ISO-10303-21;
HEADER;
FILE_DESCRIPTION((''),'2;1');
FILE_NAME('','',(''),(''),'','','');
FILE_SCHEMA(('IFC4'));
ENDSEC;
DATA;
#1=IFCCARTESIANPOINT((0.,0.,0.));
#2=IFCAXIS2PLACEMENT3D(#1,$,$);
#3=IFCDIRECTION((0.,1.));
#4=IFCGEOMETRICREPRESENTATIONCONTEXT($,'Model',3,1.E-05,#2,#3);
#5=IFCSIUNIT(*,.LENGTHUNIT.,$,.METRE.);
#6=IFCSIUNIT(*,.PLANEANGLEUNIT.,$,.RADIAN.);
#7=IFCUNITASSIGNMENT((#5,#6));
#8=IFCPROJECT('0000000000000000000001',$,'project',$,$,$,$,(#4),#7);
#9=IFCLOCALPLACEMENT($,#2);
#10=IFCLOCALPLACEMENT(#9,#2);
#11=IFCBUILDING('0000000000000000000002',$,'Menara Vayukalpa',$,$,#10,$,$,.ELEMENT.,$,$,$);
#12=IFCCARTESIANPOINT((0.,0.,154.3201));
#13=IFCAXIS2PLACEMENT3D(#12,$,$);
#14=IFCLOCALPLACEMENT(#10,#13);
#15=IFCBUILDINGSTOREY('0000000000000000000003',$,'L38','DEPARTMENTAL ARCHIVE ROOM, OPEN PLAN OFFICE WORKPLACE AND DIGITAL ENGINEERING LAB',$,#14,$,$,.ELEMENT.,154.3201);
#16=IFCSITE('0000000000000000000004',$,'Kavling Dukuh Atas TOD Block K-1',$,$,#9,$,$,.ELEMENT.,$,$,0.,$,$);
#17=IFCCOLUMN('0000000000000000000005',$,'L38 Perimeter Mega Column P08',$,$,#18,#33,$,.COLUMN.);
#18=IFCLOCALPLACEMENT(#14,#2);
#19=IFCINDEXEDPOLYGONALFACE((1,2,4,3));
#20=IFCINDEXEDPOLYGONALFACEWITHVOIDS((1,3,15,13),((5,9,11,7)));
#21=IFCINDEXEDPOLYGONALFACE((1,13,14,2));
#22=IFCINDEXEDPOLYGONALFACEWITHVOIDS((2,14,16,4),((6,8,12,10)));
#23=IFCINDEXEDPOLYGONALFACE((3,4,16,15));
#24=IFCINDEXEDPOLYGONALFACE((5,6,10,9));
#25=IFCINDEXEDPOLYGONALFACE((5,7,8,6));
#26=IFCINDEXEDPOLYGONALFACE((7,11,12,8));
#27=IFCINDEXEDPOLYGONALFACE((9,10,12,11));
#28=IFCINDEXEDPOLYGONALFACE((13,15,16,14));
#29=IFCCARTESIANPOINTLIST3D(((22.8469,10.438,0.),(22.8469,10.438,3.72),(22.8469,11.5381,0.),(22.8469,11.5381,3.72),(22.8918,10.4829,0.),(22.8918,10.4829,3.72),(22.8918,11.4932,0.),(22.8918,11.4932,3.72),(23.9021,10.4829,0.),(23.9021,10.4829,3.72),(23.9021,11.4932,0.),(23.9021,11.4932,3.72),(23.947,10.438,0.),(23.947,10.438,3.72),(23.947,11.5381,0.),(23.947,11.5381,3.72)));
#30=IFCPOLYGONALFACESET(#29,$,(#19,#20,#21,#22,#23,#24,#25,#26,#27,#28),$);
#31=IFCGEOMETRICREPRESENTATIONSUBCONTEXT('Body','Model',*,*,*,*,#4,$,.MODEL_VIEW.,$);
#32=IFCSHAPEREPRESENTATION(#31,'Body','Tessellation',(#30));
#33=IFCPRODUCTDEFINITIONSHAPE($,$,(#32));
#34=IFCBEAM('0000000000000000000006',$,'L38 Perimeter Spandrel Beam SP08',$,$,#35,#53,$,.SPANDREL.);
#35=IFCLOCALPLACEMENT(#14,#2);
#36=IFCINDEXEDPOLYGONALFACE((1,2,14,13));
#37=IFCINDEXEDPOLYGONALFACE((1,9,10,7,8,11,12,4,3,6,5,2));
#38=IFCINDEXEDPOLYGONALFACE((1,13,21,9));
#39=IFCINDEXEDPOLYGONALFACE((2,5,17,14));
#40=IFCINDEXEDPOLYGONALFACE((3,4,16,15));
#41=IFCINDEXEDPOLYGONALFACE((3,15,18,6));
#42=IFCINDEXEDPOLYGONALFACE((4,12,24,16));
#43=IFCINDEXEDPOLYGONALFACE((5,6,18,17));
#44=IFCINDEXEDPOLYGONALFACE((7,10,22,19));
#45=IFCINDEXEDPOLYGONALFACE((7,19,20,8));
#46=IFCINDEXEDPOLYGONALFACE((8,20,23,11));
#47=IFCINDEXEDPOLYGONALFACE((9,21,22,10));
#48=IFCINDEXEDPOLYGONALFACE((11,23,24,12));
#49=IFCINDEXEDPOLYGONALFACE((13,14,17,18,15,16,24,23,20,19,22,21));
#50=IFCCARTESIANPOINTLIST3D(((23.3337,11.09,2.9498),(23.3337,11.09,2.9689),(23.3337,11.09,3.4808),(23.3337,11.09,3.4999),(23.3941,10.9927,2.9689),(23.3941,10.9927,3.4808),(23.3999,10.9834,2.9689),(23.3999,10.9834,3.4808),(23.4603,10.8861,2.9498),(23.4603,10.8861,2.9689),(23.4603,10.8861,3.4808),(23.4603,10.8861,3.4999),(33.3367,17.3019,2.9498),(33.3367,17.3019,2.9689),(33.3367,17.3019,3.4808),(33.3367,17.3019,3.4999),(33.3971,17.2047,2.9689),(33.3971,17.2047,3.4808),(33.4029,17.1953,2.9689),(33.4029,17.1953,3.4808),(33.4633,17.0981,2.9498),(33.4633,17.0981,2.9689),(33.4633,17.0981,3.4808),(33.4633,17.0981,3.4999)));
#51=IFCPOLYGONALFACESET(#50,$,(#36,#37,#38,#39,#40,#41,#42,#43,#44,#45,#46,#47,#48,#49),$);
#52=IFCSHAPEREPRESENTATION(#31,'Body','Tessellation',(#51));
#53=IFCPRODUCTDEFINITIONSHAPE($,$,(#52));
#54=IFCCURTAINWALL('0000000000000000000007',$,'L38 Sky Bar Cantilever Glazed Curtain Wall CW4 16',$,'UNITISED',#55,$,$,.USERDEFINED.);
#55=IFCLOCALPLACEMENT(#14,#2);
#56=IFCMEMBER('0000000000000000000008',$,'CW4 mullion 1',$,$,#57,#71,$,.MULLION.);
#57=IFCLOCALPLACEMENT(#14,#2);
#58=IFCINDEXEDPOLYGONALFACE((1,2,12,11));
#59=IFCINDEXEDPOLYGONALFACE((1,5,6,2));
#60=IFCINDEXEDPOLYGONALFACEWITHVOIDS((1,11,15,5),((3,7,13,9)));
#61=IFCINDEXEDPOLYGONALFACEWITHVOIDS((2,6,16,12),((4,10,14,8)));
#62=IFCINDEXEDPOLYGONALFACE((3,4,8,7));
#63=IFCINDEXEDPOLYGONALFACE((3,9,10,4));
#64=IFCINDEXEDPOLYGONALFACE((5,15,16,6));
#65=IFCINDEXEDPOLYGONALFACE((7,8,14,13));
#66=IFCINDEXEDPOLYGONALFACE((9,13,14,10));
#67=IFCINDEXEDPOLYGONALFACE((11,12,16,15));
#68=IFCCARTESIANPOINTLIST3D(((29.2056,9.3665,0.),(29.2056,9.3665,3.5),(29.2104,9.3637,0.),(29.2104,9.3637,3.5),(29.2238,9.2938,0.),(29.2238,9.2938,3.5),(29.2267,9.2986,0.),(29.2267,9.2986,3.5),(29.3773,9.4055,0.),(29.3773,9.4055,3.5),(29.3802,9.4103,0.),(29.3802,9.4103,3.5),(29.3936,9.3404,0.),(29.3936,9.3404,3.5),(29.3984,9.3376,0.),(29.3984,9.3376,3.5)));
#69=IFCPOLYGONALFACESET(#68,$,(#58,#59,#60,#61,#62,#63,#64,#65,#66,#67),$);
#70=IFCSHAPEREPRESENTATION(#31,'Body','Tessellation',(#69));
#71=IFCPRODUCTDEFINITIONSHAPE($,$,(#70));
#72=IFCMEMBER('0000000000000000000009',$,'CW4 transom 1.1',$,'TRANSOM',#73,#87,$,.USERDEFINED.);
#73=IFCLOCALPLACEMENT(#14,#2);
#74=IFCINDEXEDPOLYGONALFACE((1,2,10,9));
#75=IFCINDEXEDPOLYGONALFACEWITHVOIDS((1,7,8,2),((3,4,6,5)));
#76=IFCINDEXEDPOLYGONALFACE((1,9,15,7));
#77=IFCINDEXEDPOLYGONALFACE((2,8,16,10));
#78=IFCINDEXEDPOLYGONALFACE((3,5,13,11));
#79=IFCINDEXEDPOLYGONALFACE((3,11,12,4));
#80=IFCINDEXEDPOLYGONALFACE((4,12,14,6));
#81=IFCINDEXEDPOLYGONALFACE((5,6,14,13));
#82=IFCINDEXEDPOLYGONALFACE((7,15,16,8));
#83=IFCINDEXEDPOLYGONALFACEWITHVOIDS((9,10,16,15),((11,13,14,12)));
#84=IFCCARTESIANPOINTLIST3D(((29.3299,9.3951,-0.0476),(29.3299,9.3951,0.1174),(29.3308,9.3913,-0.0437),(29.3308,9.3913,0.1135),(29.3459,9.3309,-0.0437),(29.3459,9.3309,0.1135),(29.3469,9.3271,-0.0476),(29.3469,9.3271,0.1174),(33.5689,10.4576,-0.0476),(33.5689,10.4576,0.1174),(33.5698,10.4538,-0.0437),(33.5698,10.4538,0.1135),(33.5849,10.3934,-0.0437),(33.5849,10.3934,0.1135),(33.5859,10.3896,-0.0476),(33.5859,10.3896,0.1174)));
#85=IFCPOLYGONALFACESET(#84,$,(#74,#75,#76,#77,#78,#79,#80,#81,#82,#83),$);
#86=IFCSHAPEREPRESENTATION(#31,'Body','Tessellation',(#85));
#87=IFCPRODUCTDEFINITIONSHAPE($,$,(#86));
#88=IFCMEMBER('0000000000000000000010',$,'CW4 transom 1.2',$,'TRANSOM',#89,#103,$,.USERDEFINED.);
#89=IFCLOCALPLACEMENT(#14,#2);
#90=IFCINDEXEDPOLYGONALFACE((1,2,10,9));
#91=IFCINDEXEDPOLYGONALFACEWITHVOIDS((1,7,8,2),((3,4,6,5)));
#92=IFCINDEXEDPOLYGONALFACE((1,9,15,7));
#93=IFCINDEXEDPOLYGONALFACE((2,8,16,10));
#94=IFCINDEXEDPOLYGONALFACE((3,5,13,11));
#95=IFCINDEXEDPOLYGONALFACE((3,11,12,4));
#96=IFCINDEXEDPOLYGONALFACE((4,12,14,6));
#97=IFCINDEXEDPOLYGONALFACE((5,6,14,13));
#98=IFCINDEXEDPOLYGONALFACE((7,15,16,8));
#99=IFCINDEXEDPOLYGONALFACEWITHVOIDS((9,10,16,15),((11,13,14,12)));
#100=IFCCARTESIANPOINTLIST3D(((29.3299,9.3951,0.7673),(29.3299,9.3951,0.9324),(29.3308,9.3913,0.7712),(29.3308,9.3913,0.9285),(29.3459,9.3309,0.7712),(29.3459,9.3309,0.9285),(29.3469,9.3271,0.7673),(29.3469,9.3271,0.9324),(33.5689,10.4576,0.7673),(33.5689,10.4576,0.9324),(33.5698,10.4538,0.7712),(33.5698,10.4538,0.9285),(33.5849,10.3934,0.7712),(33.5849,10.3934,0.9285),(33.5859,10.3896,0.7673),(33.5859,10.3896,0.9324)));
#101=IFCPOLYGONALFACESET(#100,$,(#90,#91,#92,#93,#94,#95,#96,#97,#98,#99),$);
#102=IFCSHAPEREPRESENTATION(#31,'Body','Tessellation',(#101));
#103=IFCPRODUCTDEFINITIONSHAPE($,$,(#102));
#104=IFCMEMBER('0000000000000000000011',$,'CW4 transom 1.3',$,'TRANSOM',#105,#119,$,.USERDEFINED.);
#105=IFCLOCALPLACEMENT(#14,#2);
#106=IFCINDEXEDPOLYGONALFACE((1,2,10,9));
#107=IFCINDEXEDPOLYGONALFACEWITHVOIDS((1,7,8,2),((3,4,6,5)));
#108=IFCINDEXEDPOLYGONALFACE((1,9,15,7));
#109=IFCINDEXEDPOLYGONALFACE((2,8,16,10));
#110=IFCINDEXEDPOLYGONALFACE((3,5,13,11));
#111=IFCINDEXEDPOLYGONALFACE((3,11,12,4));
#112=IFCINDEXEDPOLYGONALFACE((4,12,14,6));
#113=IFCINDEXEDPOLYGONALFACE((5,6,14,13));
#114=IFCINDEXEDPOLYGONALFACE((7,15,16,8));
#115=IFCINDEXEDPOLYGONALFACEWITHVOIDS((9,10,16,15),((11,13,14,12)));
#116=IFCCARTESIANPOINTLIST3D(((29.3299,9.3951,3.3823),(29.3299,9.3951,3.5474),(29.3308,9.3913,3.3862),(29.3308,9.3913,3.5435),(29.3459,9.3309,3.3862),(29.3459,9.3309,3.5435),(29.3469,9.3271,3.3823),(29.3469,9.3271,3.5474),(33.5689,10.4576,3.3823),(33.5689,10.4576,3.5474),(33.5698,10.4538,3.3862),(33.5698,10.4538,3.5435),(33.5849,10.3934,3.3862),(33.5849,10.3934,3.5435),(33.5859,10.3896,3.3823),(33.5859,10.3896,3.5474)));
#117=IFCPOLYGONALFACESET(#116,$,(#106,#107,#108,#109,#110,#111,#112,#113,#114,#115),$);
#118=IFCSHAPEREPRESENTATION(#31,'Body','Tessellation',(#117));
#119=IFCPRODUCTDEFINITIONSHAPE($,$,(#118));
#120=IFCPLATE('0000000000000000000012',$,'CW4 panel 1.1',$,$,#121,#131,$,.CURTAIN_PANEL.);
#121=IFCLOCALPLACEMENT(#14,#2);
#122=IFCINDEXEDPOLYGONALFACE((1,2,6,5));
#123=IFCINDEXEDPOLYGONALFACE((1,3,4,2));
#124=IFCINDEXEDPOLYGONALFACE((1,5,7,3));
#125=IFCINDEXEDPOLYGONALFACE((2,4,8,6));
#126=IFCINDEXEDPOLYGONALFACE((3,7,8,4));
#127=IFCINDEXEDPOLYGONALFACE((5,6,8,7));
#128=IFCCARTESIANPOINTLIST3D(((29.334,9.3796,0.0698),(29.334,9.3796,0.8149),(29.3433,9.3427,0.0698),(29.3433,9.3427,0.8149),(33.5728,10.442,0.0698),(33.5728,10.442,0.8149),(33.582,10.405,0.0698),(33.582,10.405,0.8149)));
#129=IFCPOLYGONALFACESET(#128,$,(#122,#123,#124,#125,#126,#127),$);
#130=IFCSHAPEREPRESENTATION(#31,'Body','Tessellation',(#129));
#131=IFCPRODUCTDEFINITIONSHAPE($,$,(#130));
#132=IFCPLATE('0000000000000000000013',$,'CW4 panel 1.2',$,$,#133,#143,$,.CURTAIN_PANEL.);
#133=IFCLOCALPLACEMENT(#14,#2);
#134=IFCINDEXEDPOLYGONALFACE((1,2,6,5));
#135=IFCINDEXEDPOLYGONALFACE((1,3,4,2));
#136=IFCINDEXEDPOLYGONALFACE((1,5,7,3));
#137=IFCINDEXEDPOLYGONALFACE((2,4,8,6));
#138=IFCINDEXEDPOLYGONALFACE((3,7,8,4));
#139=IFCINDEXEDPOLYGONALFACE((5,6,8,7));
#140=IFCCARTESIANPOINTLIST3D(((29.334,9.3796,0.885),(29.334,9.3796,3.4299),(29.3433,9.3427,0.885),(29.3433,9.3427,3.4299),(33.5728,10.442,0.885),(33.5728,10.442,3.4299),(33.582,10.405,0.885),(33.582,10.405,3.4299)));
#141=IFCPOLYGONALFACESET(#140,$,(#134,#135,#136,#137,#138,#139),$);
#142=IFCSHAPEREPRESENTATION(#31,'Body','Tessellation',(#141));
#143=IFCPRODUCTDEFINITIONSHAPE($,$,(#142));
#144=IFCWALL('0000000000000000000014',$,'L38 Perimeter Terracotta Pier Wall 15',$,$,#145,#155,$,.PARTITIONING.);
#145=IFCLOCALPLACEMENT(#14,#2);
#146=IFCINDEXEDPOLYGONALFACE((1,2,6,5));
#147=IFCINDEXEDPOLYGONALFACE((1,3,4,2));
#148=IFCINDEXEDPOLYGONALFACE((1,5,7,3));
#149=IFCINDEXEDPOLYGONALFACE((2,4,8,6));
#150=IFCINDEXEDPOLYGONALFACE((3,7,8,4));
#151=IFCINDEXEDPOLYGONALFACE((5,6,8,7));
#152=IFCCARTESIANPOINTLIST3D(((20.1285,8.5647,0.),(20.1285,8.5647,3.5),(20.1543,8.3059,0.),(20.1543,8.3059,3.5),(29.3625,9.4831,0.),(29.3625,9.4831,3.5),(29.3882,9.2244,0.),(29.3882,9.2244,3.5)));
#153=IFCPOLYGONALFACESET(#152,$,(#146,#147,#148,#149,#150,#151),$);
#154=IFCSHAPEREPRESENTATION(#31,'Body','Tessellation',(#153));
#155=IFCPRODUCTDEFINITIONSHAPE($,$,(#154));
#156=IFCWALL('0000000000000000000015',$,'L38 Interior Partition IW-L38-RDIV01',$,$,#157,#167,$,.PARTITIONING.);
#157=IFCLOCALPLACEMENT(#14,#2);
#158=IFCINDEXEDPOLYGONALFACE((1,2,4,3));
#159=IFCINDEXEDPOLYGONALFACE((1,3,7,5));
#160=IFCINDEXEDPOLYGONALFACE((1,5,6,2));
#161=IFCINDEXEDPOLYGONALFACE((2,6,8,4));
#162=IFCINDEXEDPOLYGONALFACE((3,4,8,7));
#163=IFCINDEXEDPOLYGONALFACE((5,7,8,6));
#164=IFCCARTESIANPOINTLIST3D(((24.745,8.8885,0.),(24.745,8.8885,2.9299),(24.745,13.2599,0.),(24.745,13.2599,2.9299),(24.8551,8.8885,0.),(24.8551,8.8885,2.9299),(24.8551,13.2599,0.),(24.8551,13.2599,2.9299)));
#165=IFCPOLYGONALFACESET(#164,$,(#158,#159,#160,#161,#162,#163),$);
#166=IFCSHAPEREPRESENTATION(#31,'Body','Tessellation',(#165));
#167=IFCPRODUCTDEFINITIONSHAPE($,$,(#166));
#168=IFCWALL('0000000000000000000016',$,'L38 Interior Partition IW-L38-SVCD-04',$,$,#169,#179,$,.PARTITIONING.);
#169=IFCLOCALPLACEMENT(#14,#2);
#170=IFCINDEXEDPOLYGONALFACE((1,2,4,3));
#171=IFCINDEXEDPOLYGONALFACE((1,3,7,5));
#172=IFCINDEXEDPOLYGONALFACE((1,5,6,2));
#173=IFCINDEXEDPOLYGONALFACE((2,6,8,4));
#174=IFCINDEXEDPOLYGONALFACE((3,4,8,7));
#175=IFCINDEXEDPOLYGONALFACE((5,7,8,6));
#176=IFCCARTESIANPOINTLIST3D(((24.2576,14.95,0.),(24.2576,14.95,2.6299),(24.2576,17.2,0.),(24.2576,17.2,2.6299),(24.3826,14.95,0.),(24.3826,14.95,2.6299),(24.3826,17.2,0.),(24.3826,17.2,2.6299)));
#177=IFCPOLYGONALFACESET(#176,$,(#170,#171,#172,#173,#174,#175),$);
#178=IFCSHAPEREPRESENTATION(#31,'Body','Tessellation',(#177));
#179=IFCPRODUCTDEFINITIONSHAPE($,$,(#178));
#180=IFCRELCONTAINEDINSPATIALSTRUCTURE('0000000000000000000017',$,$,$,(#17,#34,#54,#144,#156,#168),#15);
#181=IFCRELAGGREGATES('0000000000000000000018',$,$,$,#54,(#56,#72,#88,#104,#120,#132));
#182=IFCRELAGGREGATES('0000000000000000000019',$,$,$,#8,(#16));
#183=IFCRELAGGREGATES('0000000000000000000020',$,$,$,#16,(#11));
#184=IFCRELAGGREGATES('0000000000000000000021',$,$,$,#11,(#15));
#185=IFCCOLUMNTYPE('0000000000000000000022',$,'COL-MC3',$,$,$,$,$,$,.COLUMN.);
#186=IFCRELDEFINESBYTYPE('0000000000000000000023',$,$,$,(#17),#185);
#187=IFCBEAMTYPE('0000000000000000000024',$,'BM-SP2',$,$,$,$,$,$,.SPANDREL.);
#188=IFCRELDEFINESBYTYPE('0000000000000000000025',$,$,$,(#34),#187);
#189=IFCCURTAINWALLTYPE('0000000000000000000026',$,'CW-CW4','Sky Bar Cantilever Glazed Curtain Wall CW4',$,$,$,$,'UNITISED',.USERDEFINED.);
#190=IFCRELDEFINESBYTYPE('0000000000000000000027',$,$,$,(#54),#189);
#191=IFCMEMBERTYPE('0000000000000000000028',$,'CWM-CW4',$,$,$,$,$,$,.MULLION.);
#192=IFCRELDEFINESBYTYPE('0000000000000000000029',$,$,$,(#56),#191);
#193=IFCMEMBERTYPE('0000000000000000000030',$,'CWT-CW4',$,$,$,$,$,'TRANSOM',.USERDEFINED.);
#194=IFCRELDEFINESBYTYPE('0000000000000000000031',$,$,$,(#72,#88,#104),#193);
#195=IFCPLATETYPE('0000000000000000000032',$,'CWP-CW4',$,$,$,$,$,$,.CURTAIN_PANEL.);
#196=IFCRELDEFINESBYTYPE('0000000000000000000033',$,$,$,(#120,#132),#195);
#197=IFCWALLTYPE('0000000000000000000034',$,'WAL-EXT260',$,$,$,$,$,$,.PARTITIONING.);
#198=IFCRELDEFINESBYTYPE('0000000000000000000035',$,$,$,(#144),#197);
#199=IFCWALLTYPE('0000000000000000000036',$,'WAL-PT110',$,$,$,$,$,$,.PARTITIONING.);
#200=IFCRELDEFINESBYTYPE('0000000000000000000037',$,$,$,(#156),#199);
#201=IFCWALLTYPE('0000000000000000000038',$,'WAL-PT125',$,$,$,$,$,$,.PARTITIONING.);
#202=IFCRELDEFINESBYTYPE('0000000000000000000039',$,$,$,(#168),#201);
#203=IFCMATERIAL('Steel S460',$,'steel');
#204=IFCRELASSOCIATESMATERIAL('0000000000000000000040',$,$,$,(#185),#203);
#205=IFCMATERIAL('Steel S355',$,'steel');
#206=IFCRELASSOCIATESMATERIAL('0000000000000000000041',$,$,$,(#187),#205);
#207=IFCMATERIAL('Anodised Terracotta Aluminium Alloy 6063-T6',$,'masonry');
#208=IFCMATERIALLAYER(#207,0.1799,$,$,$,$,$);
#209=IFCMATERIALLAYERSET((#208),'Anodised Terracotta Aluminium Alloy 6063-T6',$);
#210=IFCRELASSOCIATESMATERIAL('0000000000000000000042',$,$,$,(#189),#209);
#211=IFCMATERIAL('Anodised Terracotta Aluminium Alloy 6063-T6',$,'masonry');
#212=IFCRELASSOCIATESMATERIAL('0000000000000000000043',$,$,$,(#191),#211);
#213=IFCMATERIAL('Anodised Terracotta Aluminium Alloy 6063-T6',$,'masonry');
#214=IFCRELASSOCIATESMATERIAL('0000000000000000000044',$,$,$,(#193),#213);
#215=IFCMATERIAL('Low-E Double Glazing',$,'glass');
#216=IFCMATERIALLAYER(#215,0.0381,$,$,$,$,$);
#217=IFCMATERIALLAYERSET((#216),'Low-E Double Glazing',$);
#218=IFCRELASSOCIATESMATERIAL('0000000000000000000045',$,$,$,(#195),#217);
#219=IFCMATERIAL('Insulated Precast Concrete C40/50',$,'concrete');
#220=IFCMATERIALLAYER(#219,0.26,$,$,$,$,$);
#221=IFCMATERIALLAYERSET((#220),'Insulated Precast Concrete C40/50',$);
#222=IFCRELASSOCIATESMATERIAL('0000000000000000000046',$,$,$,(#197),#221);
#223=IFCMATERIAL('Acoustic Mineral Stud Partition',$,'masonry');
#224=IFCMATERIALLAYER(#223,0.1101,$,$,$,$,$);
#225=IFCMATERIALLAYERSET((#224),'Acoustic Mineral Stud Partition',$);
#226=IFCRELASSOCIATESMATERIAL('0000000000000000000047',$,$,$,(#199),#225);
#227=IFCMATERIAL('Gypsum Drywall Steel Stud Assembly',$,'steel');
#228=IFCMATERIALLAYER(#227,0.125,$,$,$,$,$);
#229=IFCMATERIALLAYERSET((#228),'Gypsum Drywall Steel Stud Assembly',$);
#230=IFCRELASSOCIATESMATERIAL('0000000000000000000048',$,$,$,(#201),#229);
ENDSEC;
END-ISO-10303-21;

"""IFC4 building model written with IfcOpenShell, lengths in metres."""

from ifc_helpers import new_model, si_unit, direction, frame, frame_2d, origin, origin_2d, place, context, subcontext, project, spatial, rectangle, hollow_rectangle, i_section, extrude, material, layer, layer_set, material_profile, profile_set, type_object, element, aggregate, save


model = new_model("IFC4")

# Units and contexts
model_context = context("Model", 3, precision=1e-05, world=origin(), true_north=direction((0.0, 1.0)))
body_context = subcontext(model_context, "Body", "Model", "MODEL_VIEW")
ifc_project = project(units=[si_unit("LENGTHUNIT", "METRE"), si_unit("PLANEANGLEUNIT", "RADIAN")], contexts=[model_context])

# Site, building, storey
site_placement = place(None, origin())
site = spatial("IfcSite", under=ifc_project, at=site_placement, Name="Kavling Dukuh Atas TOD Block K-1", CompositionType="ELEMENT", RefElevation=0.0)
building_placement = place(site_placement, origin())
building = spatial("IfcBuilding", under=site, at=building_placement, Name="Menara Vayukalpa", CompositionType="ELEMENT")
storey_placement = place(building_placement, frame((0.0, 0.0, 154.3201)))
storey = spatial("IfcBuildingStorey", under=building, at=storey_placement, Name="L38", Description="DEPARTMENTAL ARCHIVE ROOM, OPEN PLAN OFFICE WORKPLACE AND DIGITAL ENGINEERING LAB", CompositionType="ELEMENT", Elevation=154.3201)

# Column
ifc_material_1 = material(Name="Steel S460", Category="steel")
ifc_material_profile_1 = material_profile(ifc_material_1, hollow_rectangle(XDim=1.1001, YDim=1.1001, WallThickness=0.0449, at=origin_2d()), Name="BOX 1100x1100x45")
ifc_profile_set_1 = profile_set([ifc_material_profile_1], Name="Steel S460")
column_type = type_object("IfcColumnType", Name="COL-MC3", PredefinedType="COLUMN", material=ifc_profile_set_1)
column_placement = place(storey_placement, frame((23.397, 10.988, 0.0), z_axis=(0.0, 0.0, 1.0), x_axis=(1.0, 0.0, 0.0)))
element("IfcColumn", 1, at=column_placement, inside=storey, type_object=column_type, Name="L38 Perimeter Mega Column P08", PredefinedType="COLUMN", context=body_context, shape_type="SweptSolid", body=[
    extrude(hollow_rectangle(XDim=1.1001, YDim=1.1001, WallThickness=0.0449, at=origin_2d()), origin(), (0.0, 0.0, 1.0), 3.72),
])

# Beam
ifc_material_2 = material(Name="Steel S355", Category="steel")
ifc_material_profile_2 = material_profile(ifc_material_2, i_section(OverallWidth=0.24, OverallDepth=0.55, WebThickness=0.011, FlangeThickness=0.019, at=origin_2d()), Name="WF 550x240x11x19")
ifc_profile_set_2 = profile_set([ifc_material_profile_2], Name="Steel S355")
beam_type = type_object("IfcBeamType", Name="BM-SP2", PredefinedType="SPANDREL", material=ifc_profile_set_2)
beam_placement = place(storey_placement, frame((23.397, 10.988, 3.2249), z_axis=(0.849518, 0.527559, 0.0), x_axis=(-0.527559, 0.849518, 0.0)))
element("IfcBeam", 2, at=beam_placement, inside=storey, type_object=beam_type, Name="L38 Perimeter Spandrel Beam SP08", PredefinedType="SPANDREL", context=body_context, shape_type="SweptSolid", body=[
    extrude(i_section(OverallWidth=0.24, OverallDepth=0.55, WebThickness=0.011, FlangeThickness=0.019, at=origin_2d()), origin(), (0.0, 0.0, 1.0), 11.7749),
])

# Curtain wall, members, plates
ifc_material_3 = material(Name="Anodised Terracotta Aluminium Alloy 6063-T6", Category="masonry")
ifc_layer_1 = layer(ifc_material_3, 0.1799)
ifc_layer_set_1 = layer_set([ifc_layer_1], Name="Anodised Terracotta Aluminium Alloy 6063-T6")
curtain_wall_type = type_object("IfcCurtainWallType", Name="CW-CW4", Description="Sky Bar Cantilever Glazed Curtain Wall CW4", ElementType="UNITISED", PredefinedType="USERDEFINED", material=ifc_layer_set_1)
curtain_wall_placement = place(storey_placement, origin())
curtain_wall = element("IfcCurtainWall", 3, at=curtain_wall_placement, inside=storey, type_object=curtain_wall_type, Name="L38 Sky Bar Cantilever Glazed Curtain Wall CW4 16", ObjectType="UNITISED", PredefinedType="USERDEFINED")
ifc_material_4 = material(Name="Anodised Terracotta Aluminium Alloy 6063-T6", Category="masonry")
ifc_material_profile_3 = material_profile(ifc_material_4, hollow_rectangle(XDim=0.075, YDim=0.1799, WallThickness=0.0039, at=origin_2d()), Name="ALU 75x180x4")
ifc_profile_set_3 = profile_set([ifc_material_profile_3], Name="Anodised Terracotta Aluminium Alloy 6063-T6")
member_type_1 = type_object("IfcMemberType", Name="CWM-CW4", PredefinedType="MULLION", material=ifc_profile_set_3)
member_1_placement = place(storey_placement, frame((29.302, 9.3521, 0.0), z_axis=(0.0, 0.0, 1.0), x_axis=(-0.243113, 0.969998, 0.0)))
member_1 = element("IfcMember", 4, at=member_1_placement, type_object=member_type_1, Name="CW4 mullion 1", PredefinedType="MULLION", context=body_context, shape_type="SweptSolid", body=[
    extrude(hollow_rectangle(XDim=0.075, YDim=0.1799, WallThickness=0.0039, at=origin_2d()), origin(), (0.0, 0.0, 1.0), 3.5),
])
ifc_material_5 = material(Name="Anodised Terracotta Aluminium Alloy 6063-T6", Category="masonry")
ifc_material_profile_4 = material_profile(ifc_material_5, hollow_rectangle(XDim=0.0701, YDim=0.165, WallThickness=0.0039, at=origin_2d()), Name="ALU 70x165x4")
ifc_profile_set_4 = profile_set([ifc_material_profile_4], Name="Anodised Terracotta Aluminium Alloy 6063-T6")
member_type_2 = type_object("IfcMemberType", Name="CWT-CW4", ElementType="TRANSOM", PredefinedType="USERDEFINED", material=ifc_profile_set_4)
member_2_placement = place(storey_placement, frame((29.3384, 9.3611, 0.0349), z_axis=(0.969994, 0.243127, 0.0), x_axis=(-0.243127, 0.969994, 0.0)))
member_2 = element("IfcMember", 5, at=member_2_placement, type_object=member_type_2, Name="CW4 transom 1.1", ObjectType="TRANSOM", PredefinedType="USERDEFINED", context=body_context, shape_type="SweptSolid", body=[
    extrude(hollow_rectangle(XDim=0.0701, YDim=0.165, WallThickness=0.0039, at=origin_2d()), origin(), (0.0, 0.0, 1.0), 4.3701),
])
member_3_placement = place(storey_placement, frame((29.3384, 9.3611, 0.8499), z_axis=(0.969994, 0.243127, 0.0), x_axis=(-0.243127, 0.969994, 0.0)))
member_3 = element("IfcMember", 6, at=member_3_placement, type_object=member_type_2, Name="CW4 transom 1.2", ObjectType="TRANSOM", PredefinedType="USERDEFINED", context=body_context, shape_type="SweptSolid", body=[
    extrude(hollow_rectangle(XDim=0.0701, YDim=0.165, WallThickness=0.0039, at=origin_2d()), origin(), (0.0, 0.0, 1.0), 4.3701),
])
member_4_placement = place(storey_placement, frame((29.3384, 9.3611, 3.4648), z_axis=(0.969994, 0.243127, 0.0), x_axis=(-0.243127, 0.969994, 0.0)))
member_4 = element("IfcMember", 7, at=member_4_placement, type_object=member_type_2, Name="CW4 transom 1.3", ObjectType="TRANSOM", PredefinedType="USERDEFINED", context=body_context, shape_type="SweptSolid", body=[
    extrude(hollow_rectangle(XDim=0.0701, YDim=0.165, WallThickness=0.0039, at=origin_2d()), origin(), (0.0, 0.0, 1.0), 4.3701),
])
ifc_material_6 = material(Name="Low-E Double Glazing", Category="glass")
ifc_layer_2 = layer(ifc_material_6, 0.0381)
ifc_layer_set_2 = layer_set([ifc_layer_2], Name="Low-E Double Glazing")
plate_type = type_object("IfcPlateType", Name="CWP-CW4", PredefinedType="CURTAIN_PANEL", material=ifc_layer_set_2)
plate_1_placement = place(storey_placement, frame((31.458, 9.8923, 0.0698), z_axis=(0.0, 0.0, 1.0), x_axis=(0.969998, 0.243113, 0.0)))
plate_1 = element("IfcPlate", 8, at=plate_1_placement, type_object=plate_type, Name="CW4 panel 1.1", PredefinedType="CURTAIN_PANEL", context=body_context, shape_type="SweptSolid", body=[
    extrude(rectangle(XDim=4.3699, YDim=0.0381, at=origin_2d()), origin(), (0.0, 0.0, 1.0), 0.7451),
])
plate_2_placement = place(storey_placement, frame((31.458, 9.8923, 0.885), z_axis=(0.0, 0.0, 1.0), x_axis=(0.969998, 0.243113, 0.0)))
plate_2 = element("IfcPlate", 9, at=plate_2_placement, type_object=plate_type, Name="CW4 panel 1.2", PredefinedType="CURTAIN_PANEL", context=body_context, shape_type="SweptSolid", body=[
    extrude(rectangle(XDim=4.3699, YDim=0.0381, at=origin_2d()), origin(), (0.0, 0.0, 1.0), 2.5449),
])
aggregate(curtain_wall, [member_1, member_2, member_3, member_4, plate_1, plate_2])

# Walls
ifc_material_7 = material(Name="Insulated Precast Concrete C40/50", Category="concrete")
ifc_layer_3 = layer(ifc_material_7, 0.26)
ifc_layer_set_3 = layer_set([ifc_layer_3], Name="Insulated Precast Concrete C40/50")
wall_type_1 = type_object("IfcWallType", Name="WAL-EXT260", PredefinedType="PARTITIONING", material=ifc_layer_set_3)
wall_1_placement = place(storey_placement, frame((29.3752, 9.3538, 0.0), z_axis=(0.0, 0.0, 1.0), x_axis=(-0.99509, -0.098978, 0.0)))
element("IfcWall", 10, at=wall_1_placement, inside=storey, type_object=wall_type_1, Name="L38 Perimeter Terracotta Pier Wall 15", PredefinedType="PARTITIONING", context=body_context, shape_type="SweptSolid", body=[
    extrude(rectangle(XDim=9.2795, YDim=0.26, at=frame_2d((4.6396, 0.0))), origin(), (0.0, 0.0, 1.0), 3.5),
])
ifc_material_8 = material(Name="Acoustic Mineral Stud Partition", Category="masonry")
ifc_layer_4 = layer(ifc_material_8, 0.1101)
ifc_layer_set_4 = layer_set([ifc_layer_4], Name="Acoustic Mineral Stud Partition")
wall_type_2 = type_object("IfcWallType", Name="WAL-PT110", PredefinedType="PARTITIONING", material=ifc_layer_set_4)
wall_2_placement = place(storey_placement, frame((24.8, 8.8887, 0.0), z_axis=(0.0, 0.0, 1.0), x_axis=(0.0, 1.0, 0.0)))
element("IfcWall", 11, at=wall_2_placement, inside=storey, type_object=wall_type_2, Name="L38 Interior Partition IW-L38-RDIV01", PredefinedType="PARTITIONING", context=body_context, shape_type="SweptSolid", body=[
    extrude(rectangle(XDim=4.3713, YDim=0.1101, at=frame_2d((2.1855, 0.0))), origin(), (0.0, 0.0, 1.0), 2.9299),
])
ifc_material_9 = material(Name="Gypsum Drywall Steel Stud Assembly", Category="steel")
ifc_layer_5 = layer(ifc_material_9, 0.125)
ifc_layer_set_5 = layer_set([ifc_layer_5], Name="Gypsum Drywall Steel Stud Assembly")
wall_type_3 = type_object("IfcWallType", Name="WAL-PT125", PredefinedType="PARTITIONING", material=ifc_layer_set_5)
wall_3_placement = place(storey_placement, frame((24.3201, 14.95, 0.0), z_axis=(0.0, 0.0, 1.0), x_axis=(0.0, 1.0, 0.0)))
element("IfcWall", 12, at=wall_3_placement, inside=storey, type_object=wall_type_3, Name="L38 Interior Partition IW-L38-SVCD-04", PredefinedType="PARTITIONING", context=body_context, shape_type="SweptSolid", body=[
    extrude(rectangle(XDim=2.25, YDim=0.125, at=frame_2d((1.125, 0.0))), origin(), (0.0, 0.0, 1.0), 2.6299),
])

save(model, "model.ifc")
